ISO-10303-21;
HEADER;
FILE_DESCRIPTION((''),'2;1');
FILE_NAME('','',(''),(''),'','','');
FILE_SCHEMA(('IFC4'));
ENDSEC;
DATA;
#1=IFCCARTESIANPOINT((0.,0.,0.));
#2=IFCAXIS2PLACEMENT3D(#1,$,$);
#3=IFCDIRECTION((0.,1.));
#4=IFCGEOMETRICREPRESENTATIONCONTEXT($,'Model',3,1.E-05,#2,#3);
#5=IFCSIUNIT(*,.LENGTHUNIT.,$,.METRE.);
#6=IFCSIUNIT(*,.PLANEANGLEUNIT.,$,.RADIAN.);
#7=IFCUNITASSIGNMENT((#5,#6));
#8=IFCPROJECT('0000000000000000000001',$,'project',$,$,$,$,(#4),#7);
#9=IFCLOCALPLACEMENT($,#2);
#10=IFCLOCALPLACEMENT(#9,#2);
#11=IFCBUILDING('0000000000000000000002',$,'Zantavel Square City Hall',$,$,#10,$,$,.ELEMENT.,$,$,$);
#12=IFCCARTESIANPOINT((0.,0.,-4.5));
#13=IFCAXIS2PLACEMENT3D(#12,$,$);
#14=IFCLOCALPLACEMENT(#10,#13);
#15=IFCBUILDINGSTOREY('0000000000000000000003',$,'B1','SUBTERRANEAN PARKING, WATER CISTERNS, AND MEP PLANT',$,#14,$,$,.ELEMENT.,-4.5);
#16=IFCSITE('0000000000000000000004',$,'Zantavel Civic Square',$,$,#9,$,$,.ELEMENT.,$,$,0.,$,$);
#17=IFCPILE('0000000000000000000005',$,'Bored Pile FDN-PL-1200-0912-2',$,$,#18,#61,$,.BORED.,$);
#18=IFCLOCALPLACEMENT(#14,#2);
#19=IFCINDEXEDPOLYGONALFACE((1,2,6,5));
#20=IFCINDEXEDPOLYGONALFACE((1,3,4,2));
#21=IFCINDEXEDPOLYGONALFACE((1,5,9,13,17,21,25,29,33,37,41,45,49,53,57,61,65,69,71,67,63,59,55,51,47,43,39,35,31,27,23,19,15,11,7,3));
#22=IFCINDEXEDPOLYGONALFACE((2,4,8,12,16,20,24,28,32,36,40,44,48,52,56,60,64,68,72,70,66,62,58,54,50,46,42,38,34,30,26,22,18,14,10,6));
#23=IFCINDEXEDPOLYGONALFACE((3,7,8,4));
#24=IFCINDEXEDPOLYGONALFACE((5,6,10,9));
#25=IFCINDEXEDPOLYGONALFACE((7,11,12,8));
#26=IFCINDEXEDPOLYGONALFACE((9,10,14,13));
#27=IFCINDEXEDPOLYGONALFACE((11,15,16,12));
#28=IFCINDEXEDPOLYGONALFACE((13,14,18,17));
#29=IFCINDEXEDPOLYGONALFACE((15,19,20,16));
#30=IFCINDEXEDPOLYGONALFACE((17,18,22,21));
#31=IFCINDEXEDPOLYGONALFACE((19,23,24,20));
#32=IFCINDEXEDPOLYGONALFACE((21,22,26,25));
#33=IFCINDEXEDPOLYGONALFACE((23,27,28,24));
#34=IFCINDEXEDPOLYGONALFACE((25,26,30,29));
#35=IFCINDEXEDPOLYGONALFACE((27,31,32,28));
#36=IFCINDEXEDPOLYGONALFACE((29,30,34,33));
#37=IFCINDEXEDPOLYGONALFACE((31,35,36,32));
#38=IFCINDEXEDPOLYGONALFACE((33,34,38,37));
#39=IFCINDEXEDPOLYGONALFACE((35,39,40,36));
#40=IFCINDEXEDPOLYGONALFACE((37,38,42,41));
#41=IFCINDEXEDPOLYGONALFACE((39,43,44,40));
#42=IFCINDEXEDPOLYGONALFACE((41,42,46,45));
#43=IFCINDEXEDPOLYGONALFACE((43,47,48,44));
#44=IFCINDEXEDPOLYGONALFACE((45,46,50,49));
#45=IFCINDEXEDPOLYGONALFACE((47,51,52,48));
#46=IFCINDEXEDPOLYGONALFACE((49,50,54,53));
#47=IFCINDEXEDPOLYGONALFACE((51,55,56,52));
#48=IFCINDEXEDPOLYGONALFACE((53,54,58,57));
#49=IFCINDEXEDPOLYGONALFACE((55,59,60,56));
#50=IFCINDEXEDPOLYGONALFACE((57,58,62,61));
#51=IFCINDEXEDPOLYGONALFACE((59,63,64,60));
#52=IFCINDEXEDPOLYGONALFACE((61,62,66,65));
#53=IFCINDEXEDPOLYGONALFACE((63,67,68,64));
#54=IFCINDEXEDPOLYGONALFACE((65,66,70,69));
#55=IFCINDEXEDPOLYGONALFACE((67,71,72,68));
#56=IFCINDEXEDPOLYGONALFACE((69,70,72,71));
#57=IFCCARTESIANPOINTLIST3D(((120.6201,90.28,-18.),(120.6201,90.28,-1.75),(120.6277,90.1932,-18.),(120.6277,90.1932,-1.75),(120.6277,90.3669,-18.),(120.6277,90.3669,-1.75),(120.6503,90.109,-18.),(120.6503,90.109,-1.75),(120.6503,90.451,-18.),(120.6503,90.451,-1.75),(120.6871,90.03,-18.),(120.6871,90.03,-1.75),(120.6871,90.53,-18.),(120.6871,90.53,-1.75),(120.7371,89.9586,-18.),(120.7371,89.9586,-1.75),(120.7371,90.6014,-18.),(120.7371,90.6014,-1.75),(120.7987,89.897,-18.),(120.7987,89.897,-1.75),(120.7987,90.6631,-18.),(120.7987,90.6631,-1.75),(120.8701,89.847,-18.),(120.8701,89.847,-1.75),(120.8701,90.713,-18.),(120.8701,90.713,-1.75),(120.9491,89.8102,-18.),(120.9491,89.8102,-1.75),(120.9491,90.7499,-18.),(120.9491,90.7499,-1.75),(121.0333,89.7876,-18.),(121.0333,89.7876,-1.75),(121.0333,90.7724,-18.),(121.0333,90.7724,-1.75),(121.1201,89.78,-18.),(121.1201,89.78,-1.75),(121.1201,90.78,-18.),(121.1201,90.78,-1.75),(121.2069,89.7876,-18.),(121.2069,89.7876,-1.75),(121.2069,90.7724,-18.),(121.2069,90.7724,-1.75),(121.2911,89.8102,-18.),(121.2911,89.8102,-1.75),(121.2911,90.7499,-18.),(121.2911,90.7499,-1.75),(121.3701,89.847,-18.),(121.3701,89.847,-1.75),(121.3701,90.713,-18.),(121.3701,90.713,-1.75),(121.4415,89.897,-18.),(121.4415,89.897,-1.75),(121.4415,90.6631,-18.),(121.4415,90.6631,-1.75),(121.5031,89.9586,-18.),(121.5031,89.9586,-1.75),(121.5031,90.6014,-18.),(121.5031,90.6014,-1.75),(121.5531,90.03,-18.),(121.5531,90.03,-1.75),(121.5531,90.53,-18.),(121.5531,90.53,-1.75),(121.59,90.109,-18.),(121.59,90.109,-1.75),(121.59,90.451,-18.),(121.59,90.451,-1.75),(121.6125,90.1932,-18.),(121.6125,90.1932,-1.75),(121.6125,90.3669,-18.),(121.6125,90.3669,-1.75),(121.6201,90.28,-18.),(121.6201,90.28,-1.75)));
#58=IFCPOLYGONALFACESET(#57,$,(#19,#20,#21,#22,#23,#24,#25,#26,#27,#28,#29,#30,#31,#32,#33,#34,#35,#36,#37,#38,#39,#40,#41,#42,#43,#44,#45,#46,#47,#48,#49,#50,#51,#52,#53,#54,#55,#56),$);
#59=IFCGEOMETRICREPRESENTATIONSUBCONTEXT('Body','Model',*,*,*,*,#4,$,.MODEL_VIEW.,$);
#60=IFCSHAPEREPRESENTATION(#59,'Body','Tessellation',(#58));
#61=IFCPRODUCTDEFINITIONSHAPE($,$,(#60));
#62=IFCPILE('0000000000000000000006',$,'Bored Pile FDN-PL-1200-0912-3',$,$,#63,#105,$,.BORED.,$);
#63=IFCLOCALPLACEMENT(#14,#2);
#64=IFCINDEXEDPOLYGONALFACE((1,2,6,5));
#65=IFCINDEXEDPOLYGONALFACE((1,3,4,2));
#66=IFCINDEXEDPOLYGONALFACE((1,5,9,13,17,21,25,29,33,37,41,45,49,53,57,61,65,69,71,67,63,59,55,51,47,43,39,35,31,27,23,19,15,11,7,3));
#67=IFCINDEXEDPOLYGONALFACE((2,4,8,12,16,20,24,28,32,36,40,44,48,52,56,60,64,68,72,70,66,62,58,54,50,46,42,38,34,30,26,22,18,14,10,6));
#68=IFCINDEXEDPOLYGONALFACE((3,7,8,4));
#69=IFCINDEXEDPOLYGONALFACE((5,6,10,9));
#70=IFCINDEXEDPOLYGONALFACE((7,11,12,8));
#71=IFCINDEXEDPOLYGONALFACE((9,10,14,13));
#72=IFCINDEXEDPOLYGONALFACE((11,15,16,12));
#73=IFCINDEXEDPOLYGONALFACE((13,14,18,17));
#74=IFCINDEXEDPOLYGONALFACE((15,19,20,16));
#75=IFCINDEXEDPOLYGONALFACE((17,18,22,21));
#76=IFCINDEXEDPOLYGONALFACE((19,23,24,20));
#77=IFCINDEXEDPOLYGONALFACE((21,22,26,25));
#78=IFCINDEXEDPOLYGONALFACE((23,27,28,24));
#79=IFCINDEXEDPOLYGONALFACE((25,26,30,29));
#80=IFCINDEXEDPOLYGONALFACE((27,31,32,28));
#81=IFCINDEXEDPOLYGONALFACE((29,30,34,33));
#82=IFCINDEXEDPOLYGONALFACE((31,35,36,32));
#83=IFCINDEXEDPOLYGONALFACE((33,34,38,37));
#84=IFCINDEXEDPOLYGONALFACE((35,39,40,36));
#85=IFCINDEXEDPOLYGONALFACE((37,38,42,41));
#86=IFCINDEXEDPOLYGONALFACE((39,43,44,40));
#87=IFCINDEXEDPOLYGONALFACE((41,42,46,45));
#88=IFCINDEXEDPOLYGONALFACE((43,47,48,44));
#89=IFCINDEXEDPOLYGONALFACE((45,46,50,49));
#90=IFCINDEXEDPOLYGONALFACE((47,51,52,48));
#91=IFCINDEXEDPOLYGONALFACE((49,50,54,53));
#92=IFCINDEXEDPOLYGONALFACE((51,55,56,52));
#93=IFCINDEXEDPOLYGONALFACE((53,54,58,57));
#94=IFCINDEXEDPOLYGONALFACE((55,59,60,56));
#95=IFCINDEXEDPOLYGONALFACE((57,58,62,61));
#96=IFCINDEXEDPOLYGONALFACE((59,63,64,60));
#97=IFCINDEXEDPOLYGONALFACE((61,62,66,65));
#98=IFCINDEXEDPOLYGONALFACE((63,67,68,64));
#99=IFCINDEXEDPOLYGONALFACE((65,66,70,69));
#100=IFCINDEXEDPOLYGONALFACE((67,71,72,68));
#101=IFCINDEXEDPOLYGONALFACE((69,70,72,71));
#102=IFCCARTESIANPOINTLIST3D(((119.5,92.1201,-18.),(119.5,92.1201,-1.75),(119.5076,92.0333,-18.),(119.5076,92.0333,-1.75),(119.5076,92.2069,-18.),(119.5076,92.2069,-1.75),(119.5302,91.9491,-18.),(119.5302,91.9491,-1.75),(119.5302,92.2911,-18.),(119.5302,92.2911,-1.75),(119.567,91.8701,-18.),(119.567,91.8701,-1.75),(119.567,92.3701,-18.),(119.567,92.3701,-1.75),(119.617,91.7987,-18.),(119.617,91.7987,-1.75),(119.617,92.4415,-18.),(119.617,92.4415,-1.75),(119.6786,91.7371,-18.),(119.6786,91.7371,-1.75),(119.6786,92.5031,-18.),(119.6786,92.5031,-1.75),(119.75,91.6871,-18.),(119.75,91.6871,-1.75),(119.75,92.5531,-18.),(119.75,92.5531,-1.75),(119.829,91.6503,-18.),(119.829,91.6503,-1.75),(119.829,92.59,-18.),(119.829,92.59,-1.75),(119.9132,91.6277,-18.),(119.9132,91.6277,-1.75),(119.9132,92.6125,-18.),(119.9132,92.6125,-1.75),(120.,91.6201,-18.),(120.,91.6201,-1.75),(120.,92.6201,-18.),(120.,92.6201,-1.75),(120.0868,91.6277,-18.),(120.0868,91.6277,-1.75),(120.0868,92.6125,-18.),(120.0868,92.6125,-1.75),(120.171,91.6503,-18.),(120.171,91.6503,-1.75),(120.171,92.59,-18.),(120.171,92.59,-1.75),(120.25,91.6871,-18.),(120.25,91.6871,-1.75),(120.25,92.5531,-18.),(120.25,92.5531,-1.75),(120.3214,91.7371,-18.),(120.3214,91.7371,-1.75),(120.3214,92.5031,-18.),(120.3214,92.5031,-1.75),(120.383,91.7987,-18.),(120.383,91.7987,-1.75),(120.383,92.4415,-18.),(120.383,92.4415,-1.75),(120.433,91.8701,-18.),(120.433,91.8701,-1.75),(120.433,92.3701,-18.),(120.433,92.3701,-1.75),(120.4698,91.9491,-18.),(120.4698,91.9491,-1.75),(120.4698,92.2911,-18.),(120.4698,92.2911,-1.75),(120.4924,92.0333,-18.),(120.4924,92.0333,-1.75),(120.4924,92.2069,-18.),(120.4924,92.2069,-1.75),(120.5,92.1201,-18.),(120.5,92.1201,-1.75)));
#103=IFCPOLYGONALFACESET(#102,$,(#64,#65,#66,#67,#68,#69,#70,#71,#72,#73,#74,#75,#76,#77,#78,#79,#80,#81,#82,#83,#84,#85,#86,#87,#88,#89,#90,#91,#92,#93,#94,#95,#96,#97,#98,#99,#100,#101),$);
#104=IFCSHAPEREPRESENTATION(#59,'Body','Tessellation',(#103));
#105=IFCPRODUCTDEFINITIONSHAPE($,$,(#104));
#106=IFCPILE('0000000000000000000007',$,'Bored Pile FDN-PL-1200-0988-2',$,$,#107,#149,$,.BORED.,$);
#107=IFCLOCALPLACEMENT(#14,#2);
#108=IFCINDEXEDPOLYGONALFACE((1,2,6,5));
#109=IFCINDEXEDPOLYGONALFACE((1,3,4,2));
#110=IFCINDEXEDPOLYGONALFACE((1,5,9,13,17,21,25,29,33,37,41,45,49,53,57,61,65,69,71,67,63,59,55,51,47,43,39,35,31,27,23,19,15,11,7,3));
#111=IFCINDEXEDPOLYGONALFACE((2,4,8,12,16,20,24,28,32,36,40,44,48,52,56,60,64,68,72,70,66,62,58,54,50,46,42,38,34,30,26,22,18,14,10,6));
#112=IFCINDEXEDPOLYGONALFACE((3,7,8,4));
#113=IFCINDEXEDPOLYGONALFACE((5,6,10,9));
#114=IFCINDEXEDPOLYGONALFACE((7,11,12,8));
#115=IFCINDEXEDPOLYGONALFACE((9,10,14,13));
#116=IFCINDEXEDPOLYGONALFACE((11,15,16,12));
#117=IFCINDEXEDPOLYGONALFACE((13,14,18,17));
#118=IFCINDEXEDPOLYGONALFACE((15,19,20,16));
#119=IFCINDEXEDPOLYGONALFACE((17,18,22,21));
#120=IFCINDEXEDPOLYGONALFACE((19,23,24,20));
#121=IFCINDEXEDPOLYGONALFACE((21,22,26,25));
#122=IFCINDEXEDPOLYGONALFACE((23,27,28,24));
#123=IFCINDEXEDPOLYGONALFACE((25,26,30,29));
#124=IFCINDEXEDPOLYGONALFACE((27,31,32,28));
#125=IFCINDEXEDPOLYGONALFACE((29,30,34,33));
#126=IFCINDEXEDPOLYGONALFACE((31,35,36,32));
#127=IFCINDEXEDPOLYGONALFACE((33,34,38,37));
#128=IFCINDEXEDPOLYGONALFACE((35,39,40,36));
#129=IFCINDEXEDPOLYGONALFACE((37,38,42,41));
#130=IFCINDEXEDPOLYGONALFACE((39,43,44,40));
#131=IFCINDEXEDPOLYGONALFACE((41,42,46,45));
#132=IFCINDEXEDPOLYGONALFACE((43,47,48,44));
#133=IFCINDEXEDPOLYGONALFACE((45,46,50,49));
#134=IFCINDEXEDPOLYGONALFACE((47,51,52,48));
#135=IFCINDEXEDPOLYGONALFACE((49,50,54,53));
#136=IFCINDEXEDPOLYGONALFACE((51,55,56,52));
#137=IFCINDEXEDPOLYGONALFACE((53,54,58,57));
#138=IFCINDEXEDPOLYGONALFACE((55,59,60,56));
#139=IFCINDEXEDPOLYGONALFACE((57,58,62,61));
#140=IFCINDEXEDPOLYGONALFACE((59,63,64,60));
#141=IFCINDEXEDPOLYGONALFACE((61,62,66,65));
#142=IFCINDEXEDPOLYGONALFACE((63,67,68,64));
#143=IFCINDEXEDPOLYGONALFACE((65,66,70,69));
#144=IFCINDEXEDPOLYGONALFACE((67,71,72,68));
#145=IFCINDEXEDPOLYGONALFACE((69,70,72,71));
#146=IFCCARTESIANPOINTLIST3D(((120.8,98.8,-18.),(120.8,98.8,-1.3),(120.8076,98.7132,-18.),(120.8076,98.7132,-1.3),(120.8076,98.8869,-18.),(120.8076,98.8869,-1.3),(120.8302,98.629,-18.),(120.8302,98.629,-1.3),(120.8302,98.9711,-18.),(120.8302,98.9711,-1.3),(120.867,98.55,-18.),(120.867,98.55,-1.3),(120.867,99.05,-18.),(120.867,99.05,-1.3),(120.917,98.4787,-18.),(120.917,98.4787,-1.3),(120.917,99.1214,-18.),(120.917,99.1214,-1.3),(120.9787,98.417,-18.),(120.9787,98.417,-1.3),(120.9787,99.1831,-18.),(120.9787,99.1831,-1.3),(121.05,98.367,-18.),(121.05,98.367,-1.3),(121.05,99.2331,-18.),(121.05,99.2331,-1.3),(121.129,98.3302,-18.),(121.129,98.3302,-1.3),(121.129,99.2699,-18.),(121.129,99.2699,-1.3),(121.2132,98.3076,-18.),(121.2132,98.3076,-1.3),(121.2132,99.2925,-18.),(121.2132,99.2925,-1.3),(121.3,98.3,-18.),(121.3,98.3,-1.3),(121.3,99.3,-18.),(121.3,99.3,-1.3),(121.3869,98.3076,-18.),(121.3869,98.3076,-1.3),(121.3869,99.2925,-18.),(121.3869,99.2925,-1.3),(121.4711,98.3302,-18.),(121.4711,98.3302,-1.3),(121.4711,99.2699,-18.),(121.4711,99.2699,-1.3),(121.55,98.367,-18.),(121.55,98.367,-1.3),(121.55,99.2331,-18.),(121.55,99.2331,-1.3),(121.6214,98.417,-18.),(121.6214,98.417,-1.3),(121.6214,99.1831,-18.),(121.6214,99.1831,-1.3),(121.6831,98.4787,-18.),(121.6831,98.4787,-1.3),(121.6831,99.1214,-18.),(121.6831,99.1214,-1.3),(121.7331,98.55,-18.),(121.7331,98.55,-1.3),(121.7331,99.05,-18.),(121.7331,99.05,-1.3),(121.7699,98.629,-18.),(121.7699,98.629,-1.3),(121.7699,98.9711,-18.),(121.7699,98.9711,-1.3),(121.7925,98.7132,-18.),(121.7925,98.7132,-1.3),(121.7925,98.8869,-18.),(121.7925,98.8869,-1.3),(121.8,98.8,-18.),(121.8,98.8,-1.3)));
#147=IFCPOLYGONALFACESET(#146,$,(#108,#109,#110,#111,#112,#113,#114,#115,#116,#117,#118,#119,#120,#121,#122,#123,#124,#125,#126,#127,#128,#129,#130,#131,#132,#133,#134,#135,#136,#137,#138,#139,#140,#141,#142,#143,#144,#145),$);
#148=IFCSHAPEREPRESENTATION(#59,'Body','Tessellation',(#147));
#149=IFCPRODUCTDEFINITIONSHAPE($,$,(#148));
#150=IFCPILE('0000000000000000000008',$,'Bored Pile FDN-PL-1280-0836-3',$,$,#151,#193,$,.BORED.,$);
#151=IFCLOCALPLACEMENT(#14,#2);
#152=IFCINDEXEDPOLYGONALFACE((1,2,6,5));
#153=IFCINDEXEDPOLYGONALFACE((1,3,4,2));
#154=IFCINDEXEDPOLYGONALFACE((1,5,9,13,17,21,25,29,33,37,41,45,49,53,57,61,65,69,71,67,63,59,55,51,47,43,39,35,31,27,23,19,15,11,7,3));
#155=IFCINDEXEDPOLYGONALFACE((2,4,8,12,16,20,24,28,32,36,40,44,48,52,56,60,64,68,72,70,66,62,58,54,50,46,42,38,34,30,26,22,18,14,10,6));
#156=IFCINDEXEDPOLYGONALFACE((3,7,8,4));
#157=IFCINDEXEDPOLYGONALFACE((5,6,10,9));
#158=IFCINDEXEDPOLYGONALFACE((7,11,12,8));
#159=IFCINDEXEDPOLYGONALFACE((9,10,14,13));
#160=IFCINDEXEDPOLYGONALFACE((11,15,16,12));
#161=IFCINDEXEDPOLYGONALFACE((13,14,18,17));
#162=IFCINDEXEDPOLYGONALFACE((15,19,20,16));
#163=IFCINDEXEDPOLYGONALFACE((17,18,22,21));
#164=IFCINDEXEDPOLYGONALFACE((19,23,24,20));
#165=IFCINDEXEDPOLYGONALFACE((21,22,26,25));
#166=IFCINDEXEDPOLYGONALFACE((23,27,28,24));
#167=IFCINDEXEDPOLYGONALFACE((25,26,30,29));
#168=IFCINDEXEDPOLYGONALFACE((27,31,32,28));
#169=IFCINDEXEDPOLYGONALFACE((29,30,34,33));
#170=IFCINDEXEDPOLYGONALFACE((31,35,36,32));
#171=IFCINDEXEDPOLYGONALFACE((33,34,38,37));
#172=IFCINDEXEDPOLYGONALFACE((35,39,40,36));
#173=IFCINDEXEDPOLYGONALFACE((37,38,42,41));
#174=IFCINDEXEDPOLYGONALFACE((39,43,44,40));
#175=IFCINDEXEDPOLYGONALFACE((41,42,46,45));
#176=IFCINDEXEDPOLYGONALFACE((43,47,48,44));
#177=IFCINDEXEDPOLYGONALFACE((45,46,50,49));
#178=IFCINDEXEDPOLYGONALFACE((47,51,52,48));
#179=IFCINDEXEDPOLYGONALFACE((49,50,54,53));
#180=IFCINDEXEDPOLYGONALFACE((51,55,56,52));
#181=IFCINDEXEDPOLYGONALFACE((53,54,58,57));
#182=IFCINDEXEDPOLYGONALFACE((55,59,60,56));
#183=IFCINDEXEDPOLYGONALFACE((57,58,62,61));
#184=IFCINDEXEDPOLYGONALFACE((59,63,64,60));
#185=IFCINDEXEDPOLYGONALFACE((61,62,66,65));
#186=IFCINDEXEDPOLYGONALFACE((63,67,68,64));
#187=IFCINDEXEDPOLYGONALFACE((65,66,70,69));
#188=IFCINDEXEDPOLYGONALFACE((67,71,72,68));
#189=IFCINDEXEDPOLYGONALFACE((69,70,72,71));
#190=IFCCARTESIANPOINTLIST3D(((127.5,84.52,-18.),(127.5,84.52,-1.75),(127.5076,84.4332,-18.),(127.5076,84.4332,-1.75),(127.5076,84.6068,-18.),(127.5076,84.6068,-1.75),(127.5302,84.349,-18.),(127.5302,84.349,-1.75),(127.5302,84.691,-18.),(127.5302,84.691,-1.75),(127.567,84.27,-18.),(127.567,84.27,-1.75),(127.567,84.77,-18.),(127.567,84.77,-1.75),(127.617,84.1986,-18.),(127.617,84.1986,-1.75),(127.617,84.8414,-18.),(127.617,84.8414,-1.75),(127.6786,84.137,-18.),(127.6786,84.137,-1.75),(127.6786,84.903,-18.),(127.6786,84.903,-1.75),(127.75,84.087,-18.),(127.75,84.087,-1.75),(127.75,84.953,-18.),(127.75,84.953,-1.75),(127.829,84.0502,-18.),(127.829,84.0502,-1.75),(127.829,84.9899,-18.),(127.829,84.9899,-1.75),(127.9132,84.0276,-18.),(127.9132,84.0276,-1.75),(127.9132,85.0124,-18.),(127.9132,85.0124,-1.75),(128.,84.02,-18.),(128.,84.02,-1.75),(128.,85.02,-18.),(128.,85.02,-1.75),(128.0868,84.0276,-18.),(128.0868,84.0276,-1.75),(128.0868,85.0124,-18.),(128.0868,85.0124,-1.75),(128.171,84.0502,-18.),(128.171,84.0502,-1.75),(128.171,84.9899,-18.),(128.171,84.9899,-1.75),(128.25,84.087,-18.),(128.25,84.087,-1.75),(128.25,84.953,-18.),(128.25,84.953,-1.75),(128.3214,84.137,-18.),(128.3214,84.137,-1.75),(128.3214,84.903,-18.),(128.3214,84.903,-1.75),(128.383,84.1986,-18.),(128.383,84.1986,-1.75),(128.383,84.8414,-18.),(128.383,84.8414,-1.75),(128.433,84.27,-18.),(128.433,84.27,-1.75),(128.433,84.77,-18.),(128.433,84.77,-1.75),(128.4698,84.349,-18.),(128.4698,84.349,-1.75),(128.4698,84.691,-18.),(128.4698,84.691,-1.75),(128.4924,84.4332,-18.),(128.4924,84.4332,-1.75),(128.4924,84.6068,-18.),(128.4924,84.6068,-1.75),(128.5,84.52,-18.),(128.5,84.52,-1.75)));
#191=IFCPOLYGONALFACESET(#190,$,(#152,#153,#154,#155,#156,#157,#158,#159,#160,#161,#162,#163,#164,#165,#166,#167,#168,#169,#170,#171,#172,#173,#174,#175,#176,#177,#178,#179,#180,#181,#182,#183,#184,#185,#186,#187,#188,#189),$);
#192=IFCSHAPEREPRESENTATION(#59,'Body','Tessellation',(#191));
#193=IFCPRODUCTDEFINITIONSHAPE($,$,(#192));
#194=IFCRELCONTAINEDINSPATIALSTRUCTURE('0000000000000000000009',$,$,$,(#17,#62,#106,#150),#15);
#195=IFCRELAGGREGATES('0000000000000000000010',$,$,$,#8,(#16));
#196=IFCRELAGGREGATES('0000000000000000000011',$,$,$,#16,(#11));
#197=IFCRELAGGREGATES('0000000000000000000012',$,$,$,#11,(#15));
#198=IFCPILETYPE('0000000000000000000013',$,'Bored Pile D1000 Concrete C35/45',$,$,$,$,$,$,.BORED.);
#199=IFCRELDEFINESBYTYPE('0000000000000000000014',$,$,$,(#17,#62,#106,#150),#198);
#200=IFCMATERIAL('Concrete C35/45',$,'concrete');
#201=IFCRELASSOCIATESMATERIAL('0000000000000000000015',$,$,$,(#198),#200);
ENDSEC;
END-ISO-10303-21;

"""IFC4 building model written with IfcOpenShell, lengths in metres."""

from ifc_helpers import new_model, si_unit, direction, frame, origin, origin_2d, place, context, subcontext, project, spatial, circle, extrude, material, material_profile, profile_set, type_object, element, save


model = new_model("IFC4")

# Units and contexts
model_context = context("Model", 3, precision=1e-05, world=origin(), true_north=direction((0.0, 1.0)))
body_context = subcontext(model_context, "Body", "Model", "MODEL_VIEW")
ifc_project = project(units=[si_unit("LENGTHUNIT", "METRE"), si_unit("PLANEANGLEUNIT", "RADIAN")], contexts=[model_context])

# Site, building, storey
site_placement = place(None, origin())
site = spatial("IfcSite", under=ifc_project, at=site_placement, Name="Zantavel Civic Square", CompositionType="ELEMENT", RefElevation=0.0)
building_placement = place(site_placement, origin())
building = spatial("IfcBuilding", under=site, at=building_placement, Name="Zantavel Square City Hall", CompositionType="ELEMENT")
storey_placement = place(building_placement, frame((0.0, 0.0, -4.5)))
storey = spatial("IfcBuildingStorey", under=building, at=storey_placement, Name="B1", Description="SUBTERRANEAN PARKING, WATER CISTERNS, AND MEP PLANT", CompositionType="ELEMENT", Elevation=-4.5)

# Piles
ifc_material_1 = material(Name="Concrete C35/45", Category="concrete")
ifc_material_profile_1 = material_profile(ifc_material_1, circle(Radius=0.5, at=origin_2d()), Name="PILE D1000")
ifc_profile_set_1 = profile_set([ifc_material_profile_1], Name="Concrete C35/45")
pile_type = type_object("IfcPileType", Name="Bored Pile D1000 Concrete C35/45", PredefinedType="BORED", material=ifc_profile_set_1)
for number, where, z_axis, x_axis, name in (
    (1, (121.1201, 90.28, -1.75), (0.0, 0.0, -1.0), (1.0, 0.0, 0.0), "Bored Pile FDN-PL-1200-0912-2"),
    (2, (120.0, 92.1201, -1.75), (0.0, 0.0, -1.0), (1.0, 0.0, 0.0), "Bored Pile FDN-PL-1200-0912-3"),
):
    element("IfcPile", number, at=place(storey_placement, frame(where, z_axis=z_axis, x_axis=x_axis)), inside=storey, type_object=pile_type, Name=name, PredefinedType="BORED", context=body_context, shape_type="SweptSolid", body=[
        extrude(circle(Radius=0.5, at=origin_2d()), origin(), (0.0, 0.0, 1.0), 16.25),
    ])
pile_1_placement = place(storey_placement, frame((121.3, 98.8, -1.3), z_axis=(0.0, 0.0, -1.0), x_axis=(1.0, 0.0, 0.0)))
element("IfcPile", 3, at=pile_1_placement, inside=storey, type_object=pile_type, Name="Bored Pile FDN-PL-1200-0988-2", PredefinedType="BORED", context=body_context, shape_type="SweptSolid", body=[
    extrude(circle(Radius=0.5, at=origin_2d()), origin(), (0.0, 0.0, 1.0), 16.7),
])
pile_2_placement = place(storey_placement, frame((128.0, 84.52, -1.75), z_axis=(0.0, 0.0, -1.0), x_axis=(1.0, 0.0, 0.0)))
element("IfcPile", 4, at=pile_2_placement, inside=storey, type_object=pile_type, Name="Bored Pile FDN-PL-1280-0836-3", PredefinedType="BORED", context=body_context, shape_type="SweptSolid", body=[
    extrude(circle(Radius=0.5, at=origin_2d()), origin(), (0.0, 0.0, 1.0), 16.25),
])

save(model, "model.ifc")
